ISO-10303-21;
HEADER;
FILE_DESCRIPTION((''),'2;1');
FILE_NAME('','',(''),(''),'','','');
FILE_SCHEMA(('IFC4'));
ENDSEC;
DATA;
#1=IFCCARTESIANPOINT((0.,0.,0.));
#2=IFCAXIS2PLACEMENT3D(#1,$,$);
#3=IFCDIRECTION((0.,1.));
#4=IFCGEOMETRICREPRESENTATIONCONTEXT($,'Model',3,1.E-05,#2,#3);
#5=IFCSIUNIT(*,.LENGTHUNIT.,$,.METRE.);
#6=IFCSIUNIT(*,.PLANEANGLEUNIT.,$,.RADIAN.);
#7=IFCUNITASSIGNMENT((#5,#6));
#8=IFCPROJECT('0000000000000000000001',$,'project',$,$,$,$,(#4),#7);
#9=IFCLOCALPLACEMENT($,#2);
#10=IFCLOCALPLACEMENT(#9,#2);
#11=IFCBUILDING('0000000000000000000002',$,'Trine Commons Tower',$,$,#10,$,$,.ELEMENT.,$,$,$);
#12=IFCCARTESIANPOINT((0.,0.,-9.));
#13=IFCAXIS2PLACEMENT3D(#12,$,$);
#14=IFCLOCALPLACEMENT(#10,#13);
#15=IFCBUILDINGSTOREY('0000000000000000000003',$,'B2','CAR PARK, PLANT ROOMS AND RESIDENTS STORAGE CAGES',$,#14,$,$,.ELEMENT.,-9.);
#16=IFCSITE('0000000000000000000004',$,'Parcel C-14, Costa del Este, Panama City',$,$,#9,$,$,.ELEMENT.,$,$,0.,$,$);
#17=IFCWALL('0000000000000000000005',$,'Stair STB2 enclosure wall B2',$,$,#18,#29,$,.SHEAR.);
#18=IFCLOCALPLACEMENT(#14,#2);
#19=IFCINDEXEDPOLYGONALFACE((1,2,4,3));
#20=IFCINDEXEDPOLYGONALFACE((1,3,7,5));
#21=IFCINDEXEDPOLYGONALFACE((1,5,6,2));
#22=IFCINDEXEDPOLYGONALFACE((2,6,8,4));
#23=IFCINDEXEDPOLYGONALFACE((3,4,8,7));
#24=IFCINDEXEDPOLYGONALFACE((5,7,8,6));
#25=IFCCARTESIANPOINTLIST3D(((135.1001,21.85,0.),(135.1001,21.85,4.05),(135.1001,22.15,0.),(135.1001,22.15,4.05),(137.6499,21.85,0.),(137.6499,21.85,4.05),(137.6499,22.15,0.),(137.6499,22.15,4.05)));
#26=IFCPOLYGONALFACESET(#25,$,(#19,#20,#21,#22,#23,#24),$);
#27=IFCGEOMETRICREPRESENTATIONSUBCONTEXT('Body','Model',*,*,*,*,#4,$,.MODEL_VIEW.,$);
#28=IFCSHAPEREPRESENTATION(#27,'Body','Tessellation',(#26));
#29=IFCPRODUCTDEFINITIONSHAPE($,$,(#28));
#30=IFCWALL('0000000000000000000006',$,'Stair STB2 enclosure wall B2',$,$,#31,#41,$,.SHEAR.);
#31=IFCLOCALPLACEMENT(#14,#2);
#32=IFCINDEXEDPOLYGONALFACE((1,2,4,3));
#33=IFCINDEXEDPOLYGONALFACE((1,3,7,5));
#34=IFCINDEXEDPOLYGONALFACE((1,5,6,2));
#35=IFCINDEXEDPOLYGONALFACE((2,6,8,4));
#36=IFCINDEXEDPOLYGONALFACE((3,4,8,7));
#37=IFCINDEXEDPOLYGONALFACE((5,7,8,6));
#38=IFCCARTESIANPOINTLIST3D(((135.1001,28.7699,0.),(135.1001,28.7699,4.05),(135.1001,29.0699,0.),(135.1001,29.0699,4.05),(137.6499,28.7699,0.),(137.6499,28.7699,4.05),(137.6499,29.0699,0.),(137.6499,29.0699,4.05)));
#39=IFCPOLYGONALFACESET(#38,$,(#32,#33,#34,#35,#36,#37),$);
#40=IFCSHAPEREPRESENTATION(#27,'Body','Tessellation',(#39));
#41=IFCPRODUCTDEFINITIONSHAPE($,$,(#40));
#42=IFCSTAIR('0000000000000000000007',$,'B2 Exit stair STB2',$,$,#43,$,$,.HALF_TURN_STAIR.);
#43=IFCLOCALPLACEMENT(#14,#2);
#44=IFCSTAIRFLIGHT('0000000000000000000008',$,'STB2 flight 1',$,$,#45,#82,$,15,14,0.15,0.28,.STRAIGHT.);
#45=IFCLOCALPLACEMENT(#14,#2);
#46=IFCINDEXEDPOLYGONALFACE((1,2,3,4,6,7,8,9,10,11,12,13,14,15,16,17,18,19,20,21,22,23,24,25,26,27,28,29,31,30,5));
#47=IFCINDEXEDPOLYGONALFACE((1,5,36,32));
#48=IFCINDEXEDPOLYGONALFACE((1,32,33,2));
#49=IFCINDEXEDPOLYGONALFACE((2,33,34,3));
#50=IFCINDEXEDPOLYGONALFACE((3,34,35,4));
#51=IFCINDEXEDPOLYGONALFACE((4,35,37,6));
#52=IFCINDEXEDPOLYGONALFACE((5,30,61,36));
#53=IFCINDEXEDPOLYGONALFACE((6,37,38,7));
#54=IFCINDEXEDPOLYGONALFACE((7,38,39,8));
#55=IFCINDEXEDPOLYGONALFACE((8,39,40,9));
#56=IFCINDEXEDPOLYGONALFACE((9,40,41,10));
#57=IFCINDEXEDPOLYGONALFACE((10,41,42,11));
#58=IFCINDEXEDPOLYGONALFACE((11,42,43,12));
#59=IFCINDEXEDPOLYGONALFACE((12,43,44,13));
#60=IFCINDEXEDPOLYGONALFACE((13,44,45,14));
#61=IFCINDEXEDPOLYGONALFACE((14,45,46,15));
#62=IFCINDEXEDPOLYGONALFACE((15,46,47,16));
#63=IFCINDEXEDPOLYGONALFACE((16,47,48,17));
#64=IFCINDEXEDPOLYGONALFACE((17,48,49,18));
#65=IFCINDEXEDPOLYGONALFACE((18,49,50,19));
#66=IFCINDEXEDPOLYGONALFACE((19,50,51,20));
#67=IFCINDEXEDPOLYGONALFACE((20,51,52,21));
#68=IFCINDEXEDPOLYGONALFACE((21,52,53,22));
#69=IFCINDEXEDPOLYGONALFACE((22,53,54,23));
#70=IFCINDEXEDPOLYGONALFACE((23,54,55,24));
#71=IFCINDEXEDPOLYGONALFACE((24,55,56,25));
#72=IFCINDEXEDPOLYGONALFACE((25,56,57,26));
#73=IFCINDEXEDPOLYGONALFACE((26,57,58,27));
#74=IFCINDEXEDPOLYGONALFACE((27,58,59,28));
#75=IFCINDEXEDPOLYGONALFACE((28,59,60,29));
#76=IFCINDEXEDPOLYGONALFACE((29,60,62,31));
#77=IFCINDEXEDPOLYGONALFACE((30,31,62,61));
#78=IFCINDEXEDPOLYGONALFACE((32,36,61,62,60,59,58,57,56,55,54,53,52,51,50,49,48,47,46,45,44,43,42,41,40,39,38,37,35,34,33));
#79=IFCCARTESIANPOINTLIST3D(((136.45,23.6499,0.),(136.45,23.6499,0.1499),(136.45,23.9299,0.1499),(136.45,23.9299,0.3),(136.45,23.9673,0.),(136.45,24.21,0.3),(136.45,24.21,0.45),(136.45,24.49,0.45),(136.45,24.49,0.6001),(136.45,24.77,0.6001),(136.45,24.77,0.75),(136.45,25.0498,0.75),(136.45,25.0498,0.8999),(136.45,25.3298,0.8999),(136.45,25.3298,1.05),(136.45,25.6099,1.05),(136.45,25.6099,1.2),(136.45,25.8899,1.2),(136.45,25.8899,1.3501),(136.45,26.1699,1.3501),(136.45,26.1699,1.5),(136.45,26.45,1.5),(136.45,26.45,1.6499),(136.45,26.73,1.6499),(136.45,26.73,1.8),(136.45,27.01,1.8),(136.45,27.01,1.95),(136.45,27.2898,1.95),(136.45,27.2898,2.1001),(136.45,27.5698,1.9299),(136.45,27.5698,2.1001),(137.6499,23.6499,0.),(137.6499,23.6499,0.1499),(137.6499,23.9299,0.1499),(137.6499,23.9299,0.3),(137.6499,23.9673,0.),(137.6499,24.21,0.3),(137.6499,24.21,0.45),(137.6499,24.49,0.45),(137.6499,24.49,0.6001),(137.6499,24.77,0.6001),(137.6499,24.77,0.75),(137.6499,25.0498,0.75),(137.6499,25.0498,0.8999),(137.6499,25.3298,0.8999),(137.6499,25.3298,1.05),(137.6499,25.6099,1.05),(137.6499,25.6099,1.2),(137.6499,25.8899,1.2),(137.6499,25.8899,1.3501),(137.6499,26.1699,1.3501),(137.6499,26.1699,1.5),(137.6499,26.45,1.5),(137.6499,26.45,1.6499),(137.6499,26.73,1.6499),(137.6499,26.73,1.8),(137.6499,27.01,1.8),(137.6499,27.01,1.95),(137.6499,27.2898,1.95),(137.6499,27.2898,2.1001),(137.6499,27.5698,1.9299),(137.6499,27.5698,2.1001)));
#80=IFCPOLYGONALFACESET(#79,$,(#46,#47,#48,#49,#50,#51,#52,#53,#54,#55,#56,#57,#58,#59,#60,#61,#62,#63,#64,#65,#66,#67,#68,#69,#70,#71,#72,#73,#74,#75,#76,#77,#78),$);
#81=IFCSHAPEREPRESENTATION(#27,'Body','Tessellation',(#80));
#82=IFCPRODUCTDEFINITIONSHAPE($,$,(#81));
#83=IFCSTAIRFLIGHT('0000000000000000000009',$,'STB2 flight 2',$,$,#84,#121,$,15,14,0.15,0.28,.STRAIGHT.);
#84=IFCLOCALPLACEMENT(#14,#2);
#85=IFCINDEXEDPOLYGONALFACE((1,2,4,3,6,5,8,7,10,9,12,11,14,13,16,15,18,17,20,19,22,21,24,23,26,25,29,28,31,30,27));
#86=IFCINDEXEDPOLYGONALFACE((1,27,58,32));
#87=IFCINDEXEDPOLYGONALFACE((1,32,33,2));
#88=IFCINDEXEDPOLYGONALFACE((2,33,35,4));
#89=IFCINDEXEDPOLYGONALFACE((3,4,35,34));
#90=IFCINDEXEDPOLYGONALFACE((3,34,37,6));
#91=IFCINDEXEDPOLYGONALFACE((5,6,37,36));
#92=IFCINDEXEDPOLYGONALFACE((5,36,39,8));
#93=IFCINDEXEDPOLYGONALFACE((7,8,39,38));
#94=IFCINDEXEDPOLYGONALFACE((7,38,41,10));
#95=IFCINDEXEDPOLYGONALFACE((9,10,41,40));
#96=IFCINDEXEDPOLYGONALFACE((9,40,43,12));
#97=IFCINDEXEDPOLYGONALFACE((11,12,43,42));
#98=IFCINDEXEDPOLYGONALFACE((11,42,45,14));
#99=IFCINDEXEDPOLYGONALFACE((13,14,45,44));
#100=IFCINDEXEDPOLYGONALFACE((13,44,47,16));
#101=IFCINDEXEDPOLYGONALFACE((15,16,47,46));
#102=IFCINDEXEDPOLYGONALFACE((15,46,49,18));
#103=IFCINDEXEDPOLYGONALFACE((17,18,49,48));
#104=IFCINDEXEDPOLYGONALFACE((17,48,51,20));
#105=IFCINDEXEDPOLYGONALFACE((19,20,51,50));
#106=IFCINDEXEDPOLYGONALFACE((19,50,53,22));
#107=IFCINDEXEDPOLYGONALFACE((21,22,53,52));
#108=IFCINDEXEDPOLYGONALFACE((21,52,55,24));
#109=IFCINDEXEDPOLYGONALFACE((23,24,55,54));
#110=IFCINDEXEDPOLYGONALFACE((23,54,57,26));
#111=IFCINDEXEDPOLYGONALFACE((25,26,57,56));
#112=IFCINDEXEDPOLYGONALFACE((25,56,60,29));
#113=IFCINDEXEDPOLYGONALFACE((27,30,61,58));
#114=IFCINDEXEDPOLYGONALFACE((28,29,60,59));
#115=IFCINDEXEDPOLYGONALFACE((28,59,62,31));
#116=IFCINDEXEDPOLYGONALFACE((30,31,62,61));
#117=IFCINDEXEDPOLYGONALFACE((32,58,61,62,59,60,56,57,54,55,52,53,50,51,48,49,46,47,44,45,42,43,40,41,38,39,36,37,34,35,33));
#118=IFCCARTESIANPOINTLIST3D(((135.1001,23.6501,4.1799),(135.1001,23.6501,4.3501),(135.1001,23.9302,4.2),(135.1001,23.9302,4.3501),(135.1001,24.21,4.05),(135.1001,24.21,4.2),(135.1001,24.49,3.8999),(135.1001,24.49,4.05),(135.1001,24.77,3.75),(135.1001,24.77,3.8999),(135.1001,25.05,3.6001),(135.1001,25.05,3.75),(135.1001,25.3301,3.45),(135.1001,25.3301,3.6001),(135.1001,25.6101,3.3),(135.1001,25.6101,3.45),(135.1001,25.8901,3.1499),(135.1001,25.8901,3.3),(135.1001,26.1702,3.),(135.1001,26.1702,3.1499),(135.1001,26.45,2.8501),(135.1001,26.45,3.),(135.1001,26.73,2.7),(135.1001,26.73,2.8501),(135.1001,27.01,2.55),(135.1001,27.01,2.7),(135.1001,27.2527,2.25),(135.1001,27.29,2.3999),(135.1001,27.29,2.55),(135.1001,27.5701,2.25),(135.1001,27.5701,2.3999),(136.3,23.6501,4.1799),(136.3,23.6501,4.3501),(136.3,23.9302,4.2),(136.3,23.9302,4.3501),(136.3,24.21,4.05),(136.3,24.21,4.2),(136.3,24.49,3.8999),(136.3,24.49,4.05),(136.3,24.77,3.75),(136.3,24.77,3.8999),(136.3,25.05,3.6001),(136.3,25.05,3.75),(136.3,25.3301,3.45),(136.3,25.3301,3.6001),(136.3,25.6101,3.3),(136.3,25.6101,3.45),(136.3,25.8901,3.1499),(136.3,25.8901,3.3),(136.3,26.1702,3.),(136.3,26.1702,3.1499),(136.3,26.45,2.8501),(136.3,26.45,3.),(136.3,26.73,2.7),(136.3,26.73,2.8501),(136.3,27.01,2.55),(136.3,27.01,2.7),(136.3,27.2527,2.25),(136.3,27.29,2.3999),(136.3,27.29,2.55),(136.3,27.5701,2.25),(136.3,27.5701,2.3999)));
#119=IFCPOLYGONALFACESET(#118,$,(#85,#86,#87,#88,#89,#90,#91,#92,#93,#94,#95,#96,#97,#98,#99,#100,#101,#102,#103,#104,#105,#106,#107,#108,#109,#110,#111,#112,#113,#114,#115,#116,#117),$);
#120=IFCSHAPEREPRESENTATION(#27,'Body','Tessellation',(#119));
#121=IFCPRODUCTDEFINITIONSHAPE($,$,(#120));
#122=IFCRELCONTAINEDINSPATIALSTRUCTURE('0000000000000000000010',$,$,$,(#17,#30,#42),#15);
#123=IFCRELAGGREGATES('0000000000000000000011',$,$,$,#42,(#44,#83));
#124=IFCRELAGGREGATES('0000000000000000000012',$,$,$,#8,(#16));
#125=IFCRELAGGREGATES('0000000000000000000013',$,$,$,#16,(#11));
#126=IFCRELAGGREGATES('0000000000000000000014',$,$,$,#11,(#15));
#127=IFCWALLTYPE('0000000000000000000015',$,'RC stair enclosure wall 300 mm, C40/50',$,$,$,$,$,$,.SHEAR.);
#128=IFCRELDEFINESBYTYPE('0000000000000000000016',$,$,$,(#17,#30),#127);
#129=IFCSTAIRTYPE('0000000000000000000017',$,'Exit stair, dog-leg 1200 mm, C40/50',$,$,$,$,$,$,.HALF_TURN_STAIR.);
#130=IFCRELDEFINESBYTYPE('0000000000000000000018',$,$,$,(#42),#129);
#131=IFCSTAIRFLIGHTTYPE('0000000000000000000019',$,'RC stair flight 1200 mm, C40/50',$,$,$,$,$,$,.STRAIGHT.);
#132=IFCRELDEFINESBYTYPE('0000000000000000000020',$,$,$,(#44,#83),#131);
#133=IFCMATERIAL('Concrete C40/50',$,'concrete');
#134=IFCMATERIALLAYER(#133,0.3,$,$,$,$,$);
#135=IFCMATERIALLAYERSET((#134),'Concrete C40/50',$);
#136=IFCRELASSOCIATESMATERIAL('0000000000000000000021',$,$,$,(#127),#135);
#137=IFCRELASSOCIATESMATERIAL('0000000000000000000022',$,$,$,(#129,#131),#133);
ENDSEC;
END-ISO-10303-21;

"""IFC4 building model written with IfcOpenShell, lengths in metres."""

from ifc_helpers import new_model, si_unit, direction, frame, frame_2d, origin, place, context, subcontext, project, spatial, polyline, rectangle, outline, extrude, material, layer, layer_set, type_object, element, aggregate, save


model = new_model("IFC4")

# Units and contexts
model_context = context("Model", 3, precision=1e-05, world=origin(), true_north=direction((0.0, 1.0)))
body_context = subcontext(model_context, "Body", "Model", "MODEL_VIEW")
ifc_project = project(units=[si_unit("LENGTHUNIT", "METRE"), si_unit("PLANEANGLEUNIT", "RADIAN")], contexts=[model_context])

# Site, building, storey
site_placement = place(None, origin())
site = spatial("IfcSite", under=ifc_project, at=site_placement, Name="Parcel C-14, Costa del Este, Panama City", CompositionType="ELEMENT", RefElevation=0.0)
building_placement = place(site_placement, origin())
building = spatial("IfcBuilding", under=site, at=building_placement, Name="Trine Commons Tower", CompositionType="ELEMENT")
storey_placement = place(building_placement, frame((0.0, 0.0, -9.0)))
storey = spatial("IfcBuildingStorey", under=building, at=storey_placement, Name="B2", Description="CAR PARK, PLANT ROOMS AND RESIDENTS STORAGE CAGES", CompositionType="ELEMENT", Elevation=-9.0)

# Shared definitions
ifc_material_1 = material(Name="Concrete C40/50", Category="concrete")

# Shared definitions
ifc_layer_1 = layer(ifc_material_1, 0.3)
ifc_layer_set_1 = layer_set([ifc_layer_1], Name="Concrete C40/50")
wall_type_1 = type_object("IfcWallType", Name="RC stair enclosure wall 300 mm, C40/50", PredefinedType="SHEAR", material=ifc_layer_set_1)

# Walls
for number, where, z_axis, x_axis, name in (
    (1, (137.6499, 22.0, 0.0), (0.0, 0.0, 1.0), (-1.0, 0.0, 0.0), "Stair STB2 enclosure wall B2"),
    (2, (137.6499, 28.9199, 0.0), (0.0, 0.0, 1.0), (-1.0, 0.0, 0.0), "Stair STB2 enclosure wall B2"),
):
    element("IfcWall", number, at=place(storey_placement, frame(where, z_axis=z_axis, x_axis=x_axis)), inside=storey, type_object=wall_type_1, Name=name, PredefinedType="SHEAR", context=body_context, shape_type="SweptSolid", body=[
        extrude(rectangle(XDim=2.5498, YDim=0.3, at=frame_2d((1.2749, 0.0))), origin(), (0.0, 0.0, 1.0), 4.05),
    ])

# Stair, stair flights
stair_type = type_object("IfcStairType", Name="Exit stair, dog-leg 1200 mm, C40/50", PredefinedType="HALF_TURN_STAIR", material=ifc_material_1)
stair_placement = place(storey_placement, origin())
stair = element("IfcStair", 3, at=stair_placement, inside=storey, type_object=stair_type, Name="B2 Exit stair STB2", PredefinedType="HALF_TURN_STAIR")
stair_flight_type = type_object("IfcStairFlightType", Name="RC stair flight 1200 mm, C40/50", PredefinedType="STRAIGHT", material=ifc_material_1)
stair_flight_1_placement = place(storey_placement, frame((137.05, 23.6499, 0.0), z_axis=(0.0, 0.0, 1.0), x_axis=(0.0, 1.0, 0.0)))
stair_flight_1 = element("IfcStairFlight", 4, at=stair_flight_1_placement, type_object=stair_flight_type, Name="STB2 flight 1", NumberOfRisers=15, NumberOfTreads=14, PredefinedType="STRAIGHT", RiserHeight=0.15, TreadLength=0.28, context=body_context, shape_type="SweptSolid", body=[
    extrude(outline(polyline([(0.0, 0.0), (0.0, 0.1499), (0.28, 0.1499), (0.28, 0.3), (0.5601, 0.3), (0.5601, 0.45), (0.8401, 0.45), (0.8401, 0.6001), (1.1201, 0.6001), (1.1201, 0.75), (1.3999, 0.75), (1.3999, 0.8999), (1.6799, 0.8999), (1.6799, 1.05), (1.96, 1.05), (1.96, 1.2), (2.24, 1.2), (2.24, 1.3501), (2.52, 1.3501), (2.52, 1.5), (2.8, 1.5), (2.8, 1.6499), (3.0801, 1.6499), (3.0801, 1.8), (3.3601, 1.8), (3.3601, 1.95), (3.6399, 1.95), (3.6399, 2.1001), (3.9199, 2.1001), (3.9199, 2.25), (3.9199, 1.9299), (0.3174, 0.0), (0.0, 0.0)])), frame((0.0, 0.6001, 0.0), z_axis=(0.0, -1.0, 0.0), x_axis=(1.0, 0.0, 0.0)), (0.0, 0.0, 1.0), 1.2),
])
stair_flight_2_placement = place(storey_placement, frame((135.7, 27.5701, 2.25), z_axis=(0.0, 0.0, 1.0), x_axis=(0.0, -1.0, 0.0)))
stair_flight_2 = element("IfcStairFlight", 5, at=stair_flight_2_placement, type_object=stair_flight_type, Name="STB2 flight 2", NumberOfRisers=15, NumberOfTreads=14, PredefinedType="STRAIGHT", RiserHeight=0.15, TreadLength=0.28, context=body_context, shape_type="SweptSolid", body=[
    extrude(outline(polyline([(0.0, 0.0), (0.0, 0.1499), (0.28, 0.1499), (0.28, 0.3), (0.5601, 0.3), (0.5601, 0.45), (0.8401, 0.45), (0.8401, 0.6001), (1.1201, 0.6001), (1.1201, 0.75), (1.3999, 0.75), (1.3999, 0.8999), (1.6799, 0.8999), (1.6799, 1.05), (1.96, 1.05), (1.96, 1.2), (2.24, 1.2), (2.24, 1.3501), (2.52, 1.3501), (2.52, 1.5), (2.8, 1.5), (2.8, 1.6499), (3.0801, 1.6499), (3.0801, 1.8), (3.3601, 1.8), (3.3601, 1.95), (3.6399, 1.95), (3.6399, 2.1001), (3.9199, 2.1001), (3.9199, 2.25), (3.9199, 1.9299), (0.3174, 0.0), (0.0, 0.0)])), frame((0.0, 0.6001, 0.0), z_axis=(0.0, -1.0, 0.0), x_axis=(1.0, 0.0, 0.0)), (0.0, 0.0, 1.0), 1.2),
])
aggregate(stair, [stair_flight_1, stair_flight_2])

save(model, "model.ifc")
